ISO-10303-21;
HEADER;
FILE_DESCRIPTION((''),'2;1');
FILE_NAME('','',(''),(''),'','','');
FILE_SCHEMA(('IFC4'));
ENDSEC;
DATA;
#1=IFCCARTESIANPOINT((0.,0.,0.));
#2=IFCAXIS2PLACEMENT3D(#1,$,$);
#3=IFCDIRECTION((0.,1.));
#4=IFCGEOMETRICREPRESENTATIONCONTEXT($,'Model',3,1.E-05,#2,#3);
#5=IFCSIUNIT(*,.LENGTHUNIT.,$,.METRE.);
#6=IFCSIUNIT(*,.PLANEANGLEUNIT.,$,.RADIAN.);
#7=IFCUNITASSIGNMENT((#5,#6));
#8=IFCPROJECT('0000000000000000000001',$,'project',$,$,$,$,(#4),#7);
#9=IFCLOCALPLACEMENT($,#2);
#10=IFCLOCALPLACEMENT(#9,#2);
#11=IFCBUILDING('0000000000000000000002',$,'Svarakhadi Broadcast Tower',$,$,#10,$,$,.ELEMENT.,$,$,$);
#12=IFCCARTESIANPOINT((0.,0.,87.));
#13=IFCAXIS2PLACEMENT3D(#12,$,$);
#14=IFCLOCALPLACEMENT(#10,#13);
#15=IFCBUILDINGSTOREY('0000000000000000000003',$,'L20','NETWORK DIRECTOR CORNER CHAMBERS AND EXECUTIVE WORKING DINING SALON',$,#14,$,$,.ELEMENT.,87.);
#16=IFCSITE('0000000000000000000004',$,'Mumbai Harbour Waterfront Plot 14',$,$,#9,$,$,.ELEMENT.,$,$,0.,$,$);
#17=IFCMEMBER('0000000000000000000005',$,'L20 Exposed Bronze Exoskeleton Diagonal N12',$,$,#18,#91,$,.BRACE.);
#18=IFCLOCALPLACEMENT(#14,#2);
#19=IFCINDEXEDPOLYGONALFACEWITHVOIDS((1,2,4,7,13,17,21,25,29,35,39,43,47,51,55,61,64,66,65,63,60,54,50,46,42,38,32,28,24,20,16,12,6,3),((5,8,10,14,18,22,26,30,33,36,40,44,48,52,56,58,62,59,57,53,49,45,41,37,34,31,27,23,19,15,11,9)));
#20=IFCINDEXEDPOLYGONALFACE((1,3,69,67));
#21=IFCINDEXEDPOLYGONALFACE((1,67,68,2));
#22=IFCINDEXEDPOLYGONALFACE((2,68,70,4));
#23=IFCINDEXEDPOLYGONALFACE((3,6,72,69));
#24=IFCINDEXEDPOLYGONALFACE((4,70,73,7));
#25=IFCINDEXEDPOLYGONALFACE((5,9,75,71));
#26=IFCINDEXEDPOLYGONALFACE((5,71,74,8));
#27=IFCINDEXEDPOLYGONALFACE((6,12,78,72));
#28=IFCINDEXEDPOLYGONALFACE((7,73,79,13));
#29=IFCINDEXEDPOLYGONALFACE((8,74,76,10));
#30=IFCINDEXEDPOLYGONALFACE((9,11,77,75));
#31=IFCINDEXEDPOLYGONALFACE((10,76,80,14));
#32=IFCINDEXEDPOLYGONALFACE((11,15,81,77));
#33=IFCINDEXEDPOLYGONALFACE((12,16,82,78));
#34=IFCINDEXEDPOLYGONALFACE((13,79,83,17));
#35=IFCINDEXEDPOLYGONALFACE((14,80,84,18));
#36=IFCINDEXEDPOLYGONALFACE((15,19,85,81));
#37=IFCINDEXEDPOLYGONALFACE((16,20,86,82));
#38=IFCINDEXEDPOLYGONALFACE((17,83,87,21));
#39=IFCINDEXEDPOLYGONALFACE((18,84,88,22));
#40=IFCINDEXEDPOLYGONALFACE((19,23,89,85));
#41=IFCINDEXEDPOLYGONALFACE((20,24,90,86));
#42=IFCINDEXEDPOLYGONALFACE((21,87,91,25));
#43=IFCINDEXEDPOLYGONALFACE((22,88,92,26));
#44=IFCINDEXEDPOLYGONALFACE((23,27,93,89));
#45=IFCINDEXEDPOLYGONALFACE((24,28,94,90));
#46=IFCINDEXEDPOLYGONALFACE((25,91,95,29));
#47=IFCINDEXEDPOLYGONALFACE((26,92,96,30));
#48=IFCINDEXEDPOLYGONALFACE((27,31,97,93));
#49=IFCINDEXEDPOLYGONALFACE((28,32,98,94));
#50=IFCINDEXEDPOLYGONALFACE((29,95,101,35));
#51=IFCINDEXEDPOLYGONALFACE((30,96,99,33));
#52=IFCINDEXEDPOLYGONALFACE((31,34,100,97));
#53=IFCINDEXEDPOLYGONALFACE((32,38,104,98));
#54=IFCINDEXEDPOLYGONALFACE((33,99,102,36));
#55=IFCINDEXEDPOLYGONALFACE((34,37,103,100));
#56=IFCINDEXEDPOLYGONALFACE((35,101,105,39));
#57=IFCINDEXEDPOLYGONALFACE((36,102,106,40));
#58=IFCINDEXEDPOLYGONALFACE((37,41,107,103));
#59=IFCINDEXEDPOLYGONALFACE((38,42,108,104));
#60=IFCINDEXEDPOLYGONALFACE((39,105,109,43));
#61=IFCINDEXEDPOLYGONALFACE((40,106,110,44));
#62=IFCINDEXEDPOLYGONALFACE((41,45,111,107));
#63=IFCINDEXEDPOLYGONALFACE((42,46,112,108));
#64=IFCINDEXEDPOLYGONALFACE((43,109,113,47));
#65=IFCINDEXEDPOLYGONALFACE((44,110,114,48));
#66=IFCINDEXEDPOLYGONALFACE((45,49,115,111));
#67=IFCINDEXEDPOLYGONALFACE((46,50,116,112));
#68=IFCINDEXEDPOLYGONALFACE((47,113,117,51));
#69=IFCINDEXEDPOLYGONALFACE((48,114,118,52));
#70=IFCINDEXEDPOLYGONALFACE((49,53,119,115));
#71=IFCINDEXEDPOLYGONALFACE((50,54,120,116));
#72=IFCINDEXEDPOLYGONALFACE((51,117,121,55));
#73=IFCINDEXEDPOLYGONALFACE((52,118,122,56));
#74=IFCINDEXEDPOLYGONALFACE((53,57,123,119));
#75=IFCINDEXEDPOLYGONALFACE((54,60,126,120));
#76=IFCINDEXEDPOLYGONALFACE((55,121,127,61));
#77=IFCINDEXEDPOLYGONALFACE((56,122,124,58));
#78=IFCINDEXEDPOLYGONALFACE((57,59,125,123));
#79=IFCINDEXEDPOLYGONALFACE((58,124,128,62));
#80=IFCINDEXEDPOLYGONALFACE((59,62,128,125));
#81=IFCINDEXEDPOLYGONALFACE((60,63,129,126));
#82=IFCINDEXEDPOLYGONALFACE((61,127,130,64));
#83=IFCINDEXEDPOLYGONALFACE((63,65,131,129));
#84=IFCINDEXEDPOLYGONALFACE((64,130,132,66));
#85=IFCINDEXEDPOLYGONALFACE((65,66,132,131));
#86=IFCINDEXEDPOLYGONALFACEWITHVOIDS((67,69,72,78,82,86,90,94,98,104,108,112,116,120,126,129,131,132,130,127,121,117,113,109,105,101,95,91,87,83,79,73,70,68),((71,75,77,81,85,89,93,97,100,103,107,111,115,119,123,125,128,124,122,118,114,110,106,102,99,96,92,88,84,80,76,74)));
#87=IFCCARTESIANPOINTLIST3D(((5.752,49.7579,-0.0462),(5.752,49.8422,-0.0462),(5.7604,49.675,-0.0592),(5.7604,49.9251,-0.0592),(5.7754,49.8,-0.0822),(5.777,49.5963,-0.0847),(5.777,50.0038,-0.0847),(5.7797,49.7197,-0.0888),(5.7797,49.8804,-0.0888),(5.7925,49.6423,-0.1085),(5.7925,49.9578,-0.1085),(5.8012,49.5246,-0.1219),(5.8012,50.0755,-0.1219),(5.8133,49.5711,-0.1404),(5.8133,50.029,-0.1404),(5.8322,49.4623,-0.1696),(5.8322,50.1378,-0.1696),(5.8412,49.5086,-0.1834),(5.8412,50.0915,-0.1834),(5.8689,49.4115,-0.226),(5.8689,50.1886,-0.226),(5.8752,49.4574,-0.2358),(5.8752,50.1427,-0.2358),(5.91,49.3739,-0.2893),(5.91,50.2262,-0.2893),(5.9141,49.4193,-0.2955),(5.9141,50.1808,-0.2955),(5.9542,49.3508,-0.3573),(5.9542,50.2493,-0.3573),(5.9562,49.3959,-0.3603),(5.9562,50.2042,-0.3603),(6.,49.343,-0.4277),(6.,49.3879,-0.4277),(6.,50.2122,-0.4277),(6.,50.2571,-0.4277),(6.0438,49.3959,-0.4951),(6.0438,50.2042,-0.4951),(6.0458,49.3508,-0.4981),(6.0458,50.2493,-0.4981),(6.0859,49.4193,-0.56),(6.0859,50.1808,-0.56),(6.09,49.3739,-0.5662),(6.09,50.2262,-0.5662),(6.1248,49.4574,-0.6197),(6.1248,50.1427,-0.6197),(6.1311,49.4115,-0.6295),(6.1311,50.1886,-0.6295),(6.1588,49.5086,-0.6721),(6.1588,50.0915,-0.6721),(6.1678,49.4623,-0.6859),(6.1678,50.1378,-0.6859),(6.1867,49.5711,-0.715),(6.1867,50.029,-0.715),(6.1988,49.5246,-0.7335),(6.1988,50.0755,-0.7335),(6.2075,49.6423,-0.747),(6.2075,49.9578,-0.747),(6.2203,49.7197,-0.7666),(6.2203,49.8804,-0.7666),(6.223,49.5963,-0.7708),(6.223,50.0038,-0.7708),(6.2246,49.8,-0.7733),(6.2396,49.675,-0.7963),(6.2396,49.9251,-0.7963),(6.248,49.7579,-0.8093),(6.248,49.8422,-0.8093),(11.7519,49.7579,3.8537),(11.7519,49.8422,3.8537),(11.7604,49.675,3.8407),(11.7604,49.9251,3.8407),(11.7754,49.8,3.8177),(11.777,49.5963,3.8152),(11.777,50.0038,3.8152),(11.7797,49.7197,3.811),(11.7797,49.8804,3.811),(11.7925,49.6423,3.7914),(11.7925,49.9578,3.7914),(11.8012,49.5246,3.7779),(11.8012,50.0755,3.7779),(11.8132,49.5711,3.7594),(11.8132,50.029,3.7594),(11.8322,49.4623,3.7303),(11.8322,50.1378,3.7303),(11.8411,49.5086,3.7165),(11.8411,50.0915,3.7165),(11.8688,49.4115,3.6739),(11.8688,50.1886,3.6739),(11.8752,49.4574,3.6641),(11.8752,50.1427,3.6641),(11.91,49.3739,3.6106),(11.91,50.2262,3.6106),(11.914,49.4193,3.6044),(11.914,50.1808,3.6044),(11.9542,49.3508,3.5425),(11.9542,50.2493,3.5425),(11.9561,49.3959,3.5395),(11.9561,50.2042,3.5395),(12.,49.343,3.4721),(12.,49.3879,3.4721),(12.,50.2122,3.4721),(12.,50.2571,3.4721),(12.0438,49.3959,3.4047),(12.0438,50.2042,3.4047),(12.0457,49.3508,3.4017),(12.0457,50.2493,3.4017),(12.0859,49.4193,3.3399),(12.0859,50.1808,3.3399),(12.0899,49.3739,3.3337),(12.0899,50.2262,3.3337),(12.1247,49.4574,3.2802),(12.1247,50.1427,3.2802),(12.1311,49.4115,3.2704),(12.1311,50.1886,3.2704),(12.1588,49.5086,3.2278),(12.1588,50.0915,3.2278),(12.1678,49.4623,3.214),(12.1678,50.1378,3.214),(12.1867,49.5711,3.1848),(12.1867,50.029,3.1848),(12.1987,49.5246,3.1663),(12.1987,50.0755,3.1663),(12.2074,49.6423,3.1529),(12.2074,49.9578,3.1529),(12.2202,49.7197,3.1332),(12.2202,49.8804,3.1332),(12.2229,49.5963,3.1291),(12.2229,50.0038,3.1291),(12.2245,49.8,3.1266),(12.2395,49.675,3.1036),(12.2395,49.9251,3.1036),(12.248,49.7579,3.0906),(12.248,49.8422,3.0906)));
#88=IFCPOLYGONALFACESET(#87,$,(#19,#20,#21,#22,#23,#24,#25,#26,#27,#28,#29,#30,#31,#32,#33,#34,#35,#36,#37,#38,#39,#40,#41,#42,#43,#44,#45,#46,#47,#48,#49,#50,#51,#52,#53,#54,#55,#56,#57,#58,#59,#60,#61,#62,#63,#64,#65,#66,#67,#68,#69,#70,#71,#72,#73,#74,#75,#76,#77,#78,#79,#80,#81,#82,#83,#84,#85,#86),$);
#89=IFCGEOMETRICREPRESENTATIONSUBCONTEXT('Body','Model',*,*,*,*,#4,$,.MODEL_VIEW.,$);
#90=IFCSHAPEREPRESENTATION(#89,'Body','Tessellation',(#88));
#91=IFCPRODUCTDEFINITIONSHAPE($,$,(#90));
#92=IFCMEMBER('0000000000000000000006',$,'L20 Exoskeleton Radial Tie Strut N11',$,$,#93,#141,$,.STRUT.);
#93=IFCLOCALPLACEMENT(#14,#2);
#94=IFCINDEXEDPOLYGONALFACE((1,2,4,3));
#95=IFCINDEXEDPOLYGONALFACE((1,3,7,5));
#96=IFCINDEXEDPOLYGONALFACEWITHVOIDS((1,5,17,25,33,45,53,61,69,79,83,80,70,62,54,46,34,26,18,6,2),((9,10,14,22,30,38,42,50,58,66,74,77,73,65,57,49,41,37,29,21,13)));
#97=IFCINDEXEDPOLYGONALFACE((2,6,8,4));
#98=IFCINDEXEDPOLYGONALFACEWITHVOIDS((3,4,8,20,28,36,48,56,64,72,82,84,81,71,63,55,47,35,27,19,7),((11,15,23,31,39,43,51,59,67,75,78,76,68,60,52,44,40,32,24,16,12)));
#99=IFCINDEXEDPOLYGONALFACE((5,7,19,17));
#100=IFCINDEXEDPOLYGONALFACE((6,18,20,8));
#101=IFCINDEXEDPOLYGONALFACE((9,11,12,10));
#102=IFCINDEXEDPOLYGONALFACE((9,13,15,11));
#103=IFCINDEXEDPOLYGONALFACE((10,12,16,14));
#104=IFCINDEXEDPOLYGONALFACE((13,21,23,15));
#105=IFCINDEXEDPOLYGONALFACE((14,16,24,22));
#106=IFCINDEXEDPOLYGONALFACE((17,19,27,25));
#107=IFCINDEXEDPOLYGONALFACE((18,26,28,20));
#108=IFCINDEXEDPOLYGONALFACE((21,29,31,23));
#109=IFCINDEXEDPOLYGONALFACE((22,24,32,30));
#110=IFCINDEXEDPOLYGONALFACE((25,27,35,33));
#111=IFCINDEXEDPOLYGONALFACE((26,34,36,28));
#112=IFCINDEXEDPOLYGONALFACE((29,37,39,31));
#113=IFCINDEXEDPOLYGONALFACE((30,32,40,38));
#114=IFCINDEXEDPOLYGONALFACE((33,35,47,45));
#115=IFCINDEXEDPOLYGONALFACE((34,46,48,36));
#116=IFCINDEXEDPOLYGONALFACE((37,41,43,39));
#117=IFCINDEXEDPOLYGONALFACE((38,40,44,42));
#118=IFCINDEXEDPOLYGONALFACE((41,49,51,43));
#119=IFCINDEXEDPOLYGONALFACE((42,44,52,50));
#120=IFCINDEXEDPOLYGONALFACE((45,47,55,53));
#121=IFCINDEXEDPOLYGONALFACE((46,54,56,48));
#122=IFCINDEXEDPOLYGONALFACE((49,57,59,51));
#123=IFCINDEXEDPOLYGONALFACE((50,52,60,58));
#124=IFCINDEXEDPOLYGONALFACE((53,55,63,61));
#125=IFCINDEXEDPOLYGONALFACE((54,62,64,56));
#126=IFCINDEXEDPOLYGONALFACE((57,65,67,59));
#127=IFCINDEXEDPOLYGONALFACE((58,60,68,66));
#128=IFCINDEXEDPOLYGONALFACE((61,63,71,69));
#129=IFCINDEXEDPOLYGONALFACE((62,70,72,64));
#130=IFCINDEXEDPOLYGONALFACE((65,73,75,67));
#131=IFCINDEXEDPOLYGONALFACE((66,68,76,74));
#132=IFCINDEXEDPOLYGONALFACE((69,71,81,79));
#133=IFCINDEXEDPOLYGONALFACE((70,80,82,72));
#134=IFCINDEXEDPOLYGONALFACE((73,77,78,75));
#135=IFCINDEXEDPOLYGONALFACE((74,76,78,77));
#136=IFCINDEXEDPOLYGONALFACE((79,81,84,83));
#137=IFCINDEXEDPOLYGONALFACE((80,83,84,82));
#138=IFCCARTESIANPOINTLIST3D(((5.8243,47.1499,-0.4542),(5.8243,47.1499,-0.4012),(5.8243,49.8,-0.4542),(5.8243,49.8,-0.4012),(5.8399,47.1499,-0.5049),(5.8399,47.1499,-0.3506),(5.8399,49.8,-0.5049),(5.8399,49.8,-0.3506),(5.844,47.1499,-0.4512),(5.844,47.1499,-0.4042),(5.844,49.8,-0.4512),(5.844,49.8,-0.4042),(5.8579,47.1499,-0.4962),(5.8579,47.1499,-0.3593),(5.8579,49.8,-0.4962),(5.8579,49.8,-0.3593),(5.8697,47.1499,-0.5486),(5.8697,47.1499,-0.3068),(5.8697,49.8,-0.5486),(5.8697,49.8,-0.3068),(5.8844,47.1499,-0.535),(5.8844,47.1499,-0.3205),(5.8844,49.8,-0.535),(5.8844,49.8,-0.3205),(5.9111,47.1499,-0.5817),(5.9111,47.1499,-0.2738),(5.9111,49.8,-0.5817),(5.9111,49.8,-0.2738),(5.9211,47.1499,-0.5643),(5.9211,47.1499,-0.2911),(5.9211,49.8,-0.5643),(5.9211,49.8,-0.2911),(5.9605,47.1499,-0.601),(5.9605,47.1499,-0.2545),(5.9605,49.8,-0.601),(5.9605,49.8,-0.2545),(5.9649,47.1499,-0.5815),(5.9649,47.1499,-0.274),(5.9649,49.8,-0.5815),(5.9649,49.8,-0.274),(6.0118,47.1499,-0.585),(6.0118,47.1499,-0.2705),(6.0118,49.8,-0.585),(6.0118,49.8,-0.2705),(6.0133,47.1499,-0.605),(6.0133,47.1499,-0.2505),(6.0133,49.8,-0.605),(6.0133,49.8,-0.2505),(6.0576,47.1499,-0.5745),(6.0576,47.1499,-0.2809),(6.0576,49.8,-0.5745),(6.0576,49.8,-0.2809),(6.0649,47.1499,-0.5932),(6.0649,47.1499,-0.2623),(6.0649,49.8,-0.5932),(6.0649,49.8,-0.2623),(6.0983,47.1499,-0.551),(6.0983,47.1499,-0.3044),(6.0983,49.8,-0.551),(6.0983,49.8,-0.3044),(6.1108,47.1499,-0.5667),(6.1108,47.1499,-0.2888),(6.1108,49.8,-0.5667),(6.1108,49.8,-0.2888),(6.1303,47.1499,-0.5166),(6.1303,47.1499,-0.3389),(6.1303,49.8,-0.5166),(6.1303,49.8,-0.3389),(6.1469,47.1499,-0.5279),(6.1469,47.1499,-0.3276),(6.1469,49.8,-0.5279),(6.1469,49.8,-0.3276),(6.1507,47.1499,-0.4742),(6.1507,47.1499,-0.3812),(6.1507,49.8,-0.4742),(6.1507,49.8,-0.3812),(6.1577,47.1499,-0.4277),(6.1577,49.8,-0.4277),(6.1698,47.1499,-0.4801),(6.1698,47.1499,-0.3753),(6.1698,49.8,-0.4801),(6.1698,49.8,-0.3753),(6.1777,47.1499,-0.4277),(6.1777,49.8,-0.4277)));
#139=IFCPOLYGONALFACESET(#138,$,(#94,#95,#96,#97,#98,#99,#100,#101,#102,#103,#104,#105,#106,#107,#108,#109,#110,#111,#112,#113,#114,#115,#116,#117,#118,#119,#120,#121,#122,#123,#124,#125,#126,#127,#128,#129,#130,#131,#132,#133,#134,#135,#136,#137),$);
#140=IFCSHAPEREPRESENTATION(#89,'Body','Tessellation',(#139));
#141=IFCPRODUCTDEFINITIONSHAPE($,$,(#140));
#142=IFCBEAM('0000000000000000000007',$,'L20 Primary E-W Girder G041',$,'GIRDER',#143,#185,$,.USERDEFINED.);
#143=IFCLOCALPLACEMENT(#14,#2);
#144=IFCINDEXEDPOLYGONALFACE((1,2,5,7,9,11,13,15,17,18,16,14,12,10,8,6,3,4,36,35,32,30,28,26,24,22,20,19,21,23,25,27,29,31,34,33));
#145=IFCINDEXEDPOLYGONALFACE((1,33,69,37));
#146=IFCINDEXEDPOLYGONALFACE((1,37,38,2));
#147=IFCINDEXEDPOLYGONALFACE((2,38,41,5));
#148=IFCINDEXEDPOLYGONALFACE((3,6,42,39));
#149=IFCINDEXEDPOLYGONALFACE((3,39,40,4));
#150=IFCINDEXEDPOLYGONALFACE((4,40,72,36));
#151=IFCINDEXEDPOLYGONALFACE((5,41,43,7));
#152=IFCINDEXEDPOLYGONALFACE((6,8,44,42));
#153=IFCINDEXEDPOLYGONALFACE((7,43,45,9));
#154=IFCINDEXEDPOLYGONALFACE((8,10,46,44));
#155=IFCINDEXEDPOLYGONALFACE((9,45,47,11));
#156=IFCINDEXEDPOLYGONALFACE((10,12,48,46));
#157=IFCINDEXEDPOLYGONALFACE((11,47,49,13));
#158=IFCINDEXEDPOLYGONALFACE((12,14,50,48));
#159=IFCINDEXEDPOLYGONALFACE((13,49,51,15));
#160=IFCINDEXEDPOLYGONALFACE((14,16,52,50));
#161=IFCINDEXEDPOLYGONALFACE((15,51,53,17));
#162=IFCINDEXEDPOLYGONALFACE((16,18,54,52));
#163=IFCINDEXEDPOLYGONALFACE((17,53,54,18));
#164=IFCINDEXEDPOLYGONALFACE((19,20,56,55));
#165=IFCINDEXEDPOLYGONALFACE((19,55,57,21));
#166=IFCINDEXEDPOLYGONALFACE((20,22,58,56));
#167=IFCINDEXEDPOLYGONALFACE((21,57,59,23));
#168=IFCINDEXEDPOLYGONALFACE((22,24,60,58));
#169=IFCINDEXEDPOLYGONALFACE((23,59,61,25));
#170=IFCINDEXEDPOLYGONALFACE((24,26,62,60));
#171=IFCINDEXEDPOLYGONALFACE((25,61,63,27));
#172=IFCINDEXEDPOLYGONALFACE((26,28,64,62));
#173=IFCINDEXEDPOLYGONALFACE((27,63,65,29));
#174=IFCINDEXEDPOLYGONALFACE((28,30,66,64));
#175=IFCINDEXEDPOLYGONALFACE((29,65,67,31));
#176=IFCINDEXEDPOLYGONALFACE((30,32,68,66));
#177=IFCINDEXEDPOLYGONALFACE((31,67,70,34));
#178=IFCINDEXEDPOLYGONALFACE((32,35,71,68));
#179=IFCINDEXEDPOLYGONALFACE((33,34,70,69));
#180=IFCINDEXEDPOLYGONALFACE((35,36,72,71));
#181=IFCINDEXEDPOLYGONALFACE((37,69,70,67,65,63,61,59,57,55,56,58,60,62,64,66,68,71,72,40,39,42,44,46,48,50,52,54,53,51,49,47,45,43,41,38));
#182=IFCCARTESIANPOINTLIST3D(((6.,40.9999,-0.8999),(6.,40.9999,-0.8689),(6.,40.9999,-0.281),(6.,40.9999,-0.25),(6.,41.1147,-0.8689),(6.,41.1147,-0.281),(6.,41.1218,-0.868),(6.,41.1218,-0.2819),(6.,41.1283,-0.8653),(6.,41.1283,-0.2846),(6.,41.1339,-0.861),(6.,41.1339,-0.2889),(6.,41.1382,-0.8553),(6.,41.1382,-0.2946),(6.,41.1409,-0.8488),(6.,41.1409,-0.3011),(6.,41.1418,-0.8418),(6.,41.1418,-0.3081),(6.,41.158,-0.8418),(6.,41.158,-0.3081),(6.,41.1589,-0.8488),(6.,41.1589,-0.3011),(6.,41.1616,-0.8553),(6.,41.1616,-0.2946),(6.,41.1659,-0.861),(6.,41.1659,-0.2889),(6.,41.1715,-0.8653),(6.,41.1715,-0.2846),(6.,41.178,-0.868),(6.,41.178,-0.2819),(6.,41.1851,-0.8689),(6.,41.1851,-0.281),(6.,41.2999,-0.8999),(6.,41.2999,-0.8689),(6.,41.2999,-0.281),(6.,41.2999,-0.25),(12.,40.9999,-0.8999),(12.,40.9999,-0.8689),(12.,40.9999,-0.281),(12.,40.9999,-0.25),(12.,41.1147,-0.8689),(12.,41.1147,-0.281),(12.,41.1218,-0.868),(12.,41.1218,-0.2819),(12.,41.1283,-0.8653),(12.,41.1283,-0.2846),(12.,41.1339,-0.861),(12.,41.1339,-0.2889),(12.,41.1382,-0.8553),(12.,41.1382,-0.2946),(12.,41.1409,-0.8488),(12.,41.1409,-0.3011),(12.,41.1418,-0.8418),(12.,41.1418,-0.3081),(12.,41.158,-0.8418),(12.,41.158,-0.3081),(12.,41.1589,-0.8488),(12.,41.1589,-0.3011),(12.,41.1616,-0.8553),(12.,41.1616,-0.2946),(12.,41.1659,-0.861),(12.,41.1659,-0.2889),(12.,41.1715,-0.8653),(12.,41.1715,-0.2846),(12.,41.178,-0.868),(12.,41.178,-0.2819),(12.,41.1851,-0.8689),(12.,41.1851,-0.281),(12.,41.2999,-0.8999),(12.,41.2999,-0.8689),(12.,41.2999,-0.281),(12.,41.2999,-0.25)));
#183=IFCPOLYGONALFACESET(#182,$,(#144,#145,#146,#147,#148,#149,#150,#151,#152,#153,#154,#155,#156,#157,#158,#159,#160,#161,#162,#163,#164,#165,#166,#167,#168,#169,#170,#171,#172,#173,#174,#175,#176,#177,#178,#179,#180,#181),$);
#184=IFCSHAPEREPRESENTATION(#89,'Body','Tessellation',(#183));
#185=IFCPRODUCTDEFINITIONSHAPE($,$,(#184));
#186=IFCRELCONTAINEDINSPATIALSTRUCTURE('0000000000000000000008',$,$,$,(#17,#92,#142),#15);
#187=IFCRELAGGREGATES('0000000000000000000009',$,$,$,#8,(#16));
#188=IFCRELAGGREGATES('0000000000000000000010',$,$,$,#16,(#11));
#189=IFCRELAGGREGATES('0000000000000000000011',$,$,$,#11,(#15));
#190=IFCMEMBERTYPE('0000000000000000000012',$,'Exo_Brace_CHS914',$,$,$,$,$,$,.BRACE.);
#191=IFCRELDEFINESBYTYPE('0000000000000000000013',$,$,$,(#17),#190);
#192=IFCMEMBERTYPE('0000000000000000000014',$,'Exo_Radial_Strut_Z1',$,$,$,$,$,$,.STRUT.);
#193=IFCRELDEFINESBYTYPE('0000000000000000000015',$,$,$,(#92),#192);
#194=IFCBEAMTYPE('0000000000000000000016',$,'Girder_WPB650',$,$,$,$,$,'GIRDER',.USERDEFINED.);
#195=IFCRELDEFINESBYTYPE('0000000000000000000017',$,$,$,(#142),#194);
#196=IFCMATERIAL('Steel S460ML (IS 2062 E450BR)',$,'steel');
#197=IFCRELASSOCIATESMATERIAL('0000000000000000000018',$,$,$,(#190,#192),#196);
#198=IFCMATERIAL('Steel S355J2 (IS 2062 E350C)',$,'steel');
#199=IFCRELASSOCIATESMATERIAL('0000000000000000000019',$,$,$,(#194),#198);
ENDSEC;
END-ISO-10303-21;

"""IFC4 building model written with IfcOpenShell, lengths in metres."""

from ifc_helpers import new_model, si_unit, direction, frame, origin, origin_2d, place, context, subcontext, project, spatial, hollow_circle, i_section, extrude, material, material_profile, profile_set, type_object, element, save


model = new_model("IFC4")

# Units and contexts
model_context = context("Model", 3, precision=1e-05, world=origin(), true_north=direction((0.0, 1.0)))
body_context = subcontext(model_context, "Body", "Model", "MODEL_VIEW")
ifc_project = project(units=[si_unit("LENGTHUNIT", "METRE"), si_unit("PLANEANGLEUNIT", "RADIAN")], contexts=[model_context])

# Site, building, storey
site_placement = place(None, origin())
site = spatial("IfcSite", under=ifc_project, at=site_placement, Name="Mumbai Harbour Waterfront Plot 14", CompositionType="ELEMENT", RefElevation=0.0)
building_placement = place(site_placement, origin())
building = spatial("IfcBuilding", under=site, at=building_placement, Name="Svarakhadi Broadcast Tower", CompositionType="ELEMENT")
storey_placement = place(building_placement, frame((0.0, 0.0, 87.0)))
storey = spatial("IfcBuildingStorey", under=building, at=storey_placement, Name="L20", Description="NETWORK DIRECTOR CORNER CHAMBERS AND EXECUTIVE WORKING DINING SALON", CompositionType="ELEMENT", Elevation=87.0)

# Shared definitions
ifc_material_1 = material(Name="Steel S460ML (IS 2062 E450BR)", Category="steel")

# Shared definitions
ifc_material_2 = material(Name="Steel S355J2 (IS 2062 E350C)", Category="steel")

# Members
ifc_material_profile_1 = material_profile(ifc_material_1, hollow_circle(Radius=0.457, WallThickness=0.0449, at=origin_2d()), Name="CHS 914x45")
ifc_profile_set_1 = profile_set([ifc_material_profile_1], Name="Steel S460ML (IS 2062 E450BR)")
member_type_1 = type_object("IfcMemberType", Name="Exo_Brace_CHS914", PredefinedType="BRACE", material=ifc_profile_set_1)
member_1_placement = place(storey_placement, frame((6.0, 49.8, -0.4277), z_axis=(0.83845, 0.0, 0.544979), x_axis=(0.0, 1.0, 0.0)))
element("IfcMember", 1, at=member_1_placement, inside=storey, type_object=member_type_1, Name="L20 Exposed Bronze Exoskeleton Diagonal N12", PredefinedType="BRACE", context=body_context, shape_type="SweptSolid", body=[
    extrude(hollow_circle(Radius=0.457, WallThickness=0.0449, at=origin_2d()), origin(), (0.0, 0.0, 1.0), 7.156),
])
ifc_material_profile_2 = material_profile(ifc_material_1, hollow_circle(Radius=0.1777, WallThickness=0.02, at=origin_2d()), Name="CHS 355.6x20")
ifc_profile_set_2 = profile_set([ifc_material_profile_2], Name="Steel S460ML (IS 2062 E450BR)")
member_type_2 = type_object("IfcMemberType", Name="Exo_Radial_Strut_Z1", PredefinedType="STRUT", material=ifc_profile_set_2)
member_2_placement = place(storey_placement, frame((6.0, 49.8, -0.4277), z_axis=(0.0, -1.0, 0.0), x_axis=(1.0, 0.0, 0.0)))
element("IfcMember", 2, at=member_2_placement, inside=storey, type_object=member_type_2, Name="L20 Exoskeleton Radial Tie Strut N11", PredefinedType="STRUT", context=body_context, shape_type="SweptSolid", body=[
    extrude(hollow_circle(Radius=0.1777, WallThickness=0.02, at=origin_2d()), origin(), (0.0, 0.0, 1.0), 2.6501),
])

# Beam
ifc_material_profile_3 = material_profile(ifc_material_2, i_section(OverallWidth=0.3, OverallDepth=0.6499, WebThickness=0.0161, FlangeThickness=0.031, FilletRadius=0.0271, at=origin_2d()), Name="WPB 650x300x225")
ifc_profile_set_3 = profile_set([ifc_material_profile_3], Name="Steel S355J2 (IS 2062 E350C)")
beam_type_1 = type_object("IfcBeamType", Name="Girder_WPB650", ElementType="GIRDER", PredefinedType="USERDEFINED", material=ifc_profile_set_3)
for number, where, z_axis, x_axis, name in (
    (3, (6.0, 41.1499, -0.575), (1.0, 0.0, 0.0), (0.0, 1.0, 0.0), "L20 Primary E-W Girder G041"),
):
    element("IfcBeam", number, at=place(storey_placement, frame(where, z_axis=z_axis, x_axis=x_axis)), inside=storey, type_object=beam_type_1, Name=name, ObjectType="GIRDER", PredefinedType="USERDEFINED", context=body_context, shape_type="SweptSolid", body=[
        extrude(i_section(OverallWidth=0.3, OverallDepth=0.6499, WebThickness=0.0161, FlangeThickness=0.031, FilletRadius=0.0271, at=origin_2d()), origin(), (0.0, 0.0, 1.0), 6.0),
    ])

save(model, "model.ifc")
